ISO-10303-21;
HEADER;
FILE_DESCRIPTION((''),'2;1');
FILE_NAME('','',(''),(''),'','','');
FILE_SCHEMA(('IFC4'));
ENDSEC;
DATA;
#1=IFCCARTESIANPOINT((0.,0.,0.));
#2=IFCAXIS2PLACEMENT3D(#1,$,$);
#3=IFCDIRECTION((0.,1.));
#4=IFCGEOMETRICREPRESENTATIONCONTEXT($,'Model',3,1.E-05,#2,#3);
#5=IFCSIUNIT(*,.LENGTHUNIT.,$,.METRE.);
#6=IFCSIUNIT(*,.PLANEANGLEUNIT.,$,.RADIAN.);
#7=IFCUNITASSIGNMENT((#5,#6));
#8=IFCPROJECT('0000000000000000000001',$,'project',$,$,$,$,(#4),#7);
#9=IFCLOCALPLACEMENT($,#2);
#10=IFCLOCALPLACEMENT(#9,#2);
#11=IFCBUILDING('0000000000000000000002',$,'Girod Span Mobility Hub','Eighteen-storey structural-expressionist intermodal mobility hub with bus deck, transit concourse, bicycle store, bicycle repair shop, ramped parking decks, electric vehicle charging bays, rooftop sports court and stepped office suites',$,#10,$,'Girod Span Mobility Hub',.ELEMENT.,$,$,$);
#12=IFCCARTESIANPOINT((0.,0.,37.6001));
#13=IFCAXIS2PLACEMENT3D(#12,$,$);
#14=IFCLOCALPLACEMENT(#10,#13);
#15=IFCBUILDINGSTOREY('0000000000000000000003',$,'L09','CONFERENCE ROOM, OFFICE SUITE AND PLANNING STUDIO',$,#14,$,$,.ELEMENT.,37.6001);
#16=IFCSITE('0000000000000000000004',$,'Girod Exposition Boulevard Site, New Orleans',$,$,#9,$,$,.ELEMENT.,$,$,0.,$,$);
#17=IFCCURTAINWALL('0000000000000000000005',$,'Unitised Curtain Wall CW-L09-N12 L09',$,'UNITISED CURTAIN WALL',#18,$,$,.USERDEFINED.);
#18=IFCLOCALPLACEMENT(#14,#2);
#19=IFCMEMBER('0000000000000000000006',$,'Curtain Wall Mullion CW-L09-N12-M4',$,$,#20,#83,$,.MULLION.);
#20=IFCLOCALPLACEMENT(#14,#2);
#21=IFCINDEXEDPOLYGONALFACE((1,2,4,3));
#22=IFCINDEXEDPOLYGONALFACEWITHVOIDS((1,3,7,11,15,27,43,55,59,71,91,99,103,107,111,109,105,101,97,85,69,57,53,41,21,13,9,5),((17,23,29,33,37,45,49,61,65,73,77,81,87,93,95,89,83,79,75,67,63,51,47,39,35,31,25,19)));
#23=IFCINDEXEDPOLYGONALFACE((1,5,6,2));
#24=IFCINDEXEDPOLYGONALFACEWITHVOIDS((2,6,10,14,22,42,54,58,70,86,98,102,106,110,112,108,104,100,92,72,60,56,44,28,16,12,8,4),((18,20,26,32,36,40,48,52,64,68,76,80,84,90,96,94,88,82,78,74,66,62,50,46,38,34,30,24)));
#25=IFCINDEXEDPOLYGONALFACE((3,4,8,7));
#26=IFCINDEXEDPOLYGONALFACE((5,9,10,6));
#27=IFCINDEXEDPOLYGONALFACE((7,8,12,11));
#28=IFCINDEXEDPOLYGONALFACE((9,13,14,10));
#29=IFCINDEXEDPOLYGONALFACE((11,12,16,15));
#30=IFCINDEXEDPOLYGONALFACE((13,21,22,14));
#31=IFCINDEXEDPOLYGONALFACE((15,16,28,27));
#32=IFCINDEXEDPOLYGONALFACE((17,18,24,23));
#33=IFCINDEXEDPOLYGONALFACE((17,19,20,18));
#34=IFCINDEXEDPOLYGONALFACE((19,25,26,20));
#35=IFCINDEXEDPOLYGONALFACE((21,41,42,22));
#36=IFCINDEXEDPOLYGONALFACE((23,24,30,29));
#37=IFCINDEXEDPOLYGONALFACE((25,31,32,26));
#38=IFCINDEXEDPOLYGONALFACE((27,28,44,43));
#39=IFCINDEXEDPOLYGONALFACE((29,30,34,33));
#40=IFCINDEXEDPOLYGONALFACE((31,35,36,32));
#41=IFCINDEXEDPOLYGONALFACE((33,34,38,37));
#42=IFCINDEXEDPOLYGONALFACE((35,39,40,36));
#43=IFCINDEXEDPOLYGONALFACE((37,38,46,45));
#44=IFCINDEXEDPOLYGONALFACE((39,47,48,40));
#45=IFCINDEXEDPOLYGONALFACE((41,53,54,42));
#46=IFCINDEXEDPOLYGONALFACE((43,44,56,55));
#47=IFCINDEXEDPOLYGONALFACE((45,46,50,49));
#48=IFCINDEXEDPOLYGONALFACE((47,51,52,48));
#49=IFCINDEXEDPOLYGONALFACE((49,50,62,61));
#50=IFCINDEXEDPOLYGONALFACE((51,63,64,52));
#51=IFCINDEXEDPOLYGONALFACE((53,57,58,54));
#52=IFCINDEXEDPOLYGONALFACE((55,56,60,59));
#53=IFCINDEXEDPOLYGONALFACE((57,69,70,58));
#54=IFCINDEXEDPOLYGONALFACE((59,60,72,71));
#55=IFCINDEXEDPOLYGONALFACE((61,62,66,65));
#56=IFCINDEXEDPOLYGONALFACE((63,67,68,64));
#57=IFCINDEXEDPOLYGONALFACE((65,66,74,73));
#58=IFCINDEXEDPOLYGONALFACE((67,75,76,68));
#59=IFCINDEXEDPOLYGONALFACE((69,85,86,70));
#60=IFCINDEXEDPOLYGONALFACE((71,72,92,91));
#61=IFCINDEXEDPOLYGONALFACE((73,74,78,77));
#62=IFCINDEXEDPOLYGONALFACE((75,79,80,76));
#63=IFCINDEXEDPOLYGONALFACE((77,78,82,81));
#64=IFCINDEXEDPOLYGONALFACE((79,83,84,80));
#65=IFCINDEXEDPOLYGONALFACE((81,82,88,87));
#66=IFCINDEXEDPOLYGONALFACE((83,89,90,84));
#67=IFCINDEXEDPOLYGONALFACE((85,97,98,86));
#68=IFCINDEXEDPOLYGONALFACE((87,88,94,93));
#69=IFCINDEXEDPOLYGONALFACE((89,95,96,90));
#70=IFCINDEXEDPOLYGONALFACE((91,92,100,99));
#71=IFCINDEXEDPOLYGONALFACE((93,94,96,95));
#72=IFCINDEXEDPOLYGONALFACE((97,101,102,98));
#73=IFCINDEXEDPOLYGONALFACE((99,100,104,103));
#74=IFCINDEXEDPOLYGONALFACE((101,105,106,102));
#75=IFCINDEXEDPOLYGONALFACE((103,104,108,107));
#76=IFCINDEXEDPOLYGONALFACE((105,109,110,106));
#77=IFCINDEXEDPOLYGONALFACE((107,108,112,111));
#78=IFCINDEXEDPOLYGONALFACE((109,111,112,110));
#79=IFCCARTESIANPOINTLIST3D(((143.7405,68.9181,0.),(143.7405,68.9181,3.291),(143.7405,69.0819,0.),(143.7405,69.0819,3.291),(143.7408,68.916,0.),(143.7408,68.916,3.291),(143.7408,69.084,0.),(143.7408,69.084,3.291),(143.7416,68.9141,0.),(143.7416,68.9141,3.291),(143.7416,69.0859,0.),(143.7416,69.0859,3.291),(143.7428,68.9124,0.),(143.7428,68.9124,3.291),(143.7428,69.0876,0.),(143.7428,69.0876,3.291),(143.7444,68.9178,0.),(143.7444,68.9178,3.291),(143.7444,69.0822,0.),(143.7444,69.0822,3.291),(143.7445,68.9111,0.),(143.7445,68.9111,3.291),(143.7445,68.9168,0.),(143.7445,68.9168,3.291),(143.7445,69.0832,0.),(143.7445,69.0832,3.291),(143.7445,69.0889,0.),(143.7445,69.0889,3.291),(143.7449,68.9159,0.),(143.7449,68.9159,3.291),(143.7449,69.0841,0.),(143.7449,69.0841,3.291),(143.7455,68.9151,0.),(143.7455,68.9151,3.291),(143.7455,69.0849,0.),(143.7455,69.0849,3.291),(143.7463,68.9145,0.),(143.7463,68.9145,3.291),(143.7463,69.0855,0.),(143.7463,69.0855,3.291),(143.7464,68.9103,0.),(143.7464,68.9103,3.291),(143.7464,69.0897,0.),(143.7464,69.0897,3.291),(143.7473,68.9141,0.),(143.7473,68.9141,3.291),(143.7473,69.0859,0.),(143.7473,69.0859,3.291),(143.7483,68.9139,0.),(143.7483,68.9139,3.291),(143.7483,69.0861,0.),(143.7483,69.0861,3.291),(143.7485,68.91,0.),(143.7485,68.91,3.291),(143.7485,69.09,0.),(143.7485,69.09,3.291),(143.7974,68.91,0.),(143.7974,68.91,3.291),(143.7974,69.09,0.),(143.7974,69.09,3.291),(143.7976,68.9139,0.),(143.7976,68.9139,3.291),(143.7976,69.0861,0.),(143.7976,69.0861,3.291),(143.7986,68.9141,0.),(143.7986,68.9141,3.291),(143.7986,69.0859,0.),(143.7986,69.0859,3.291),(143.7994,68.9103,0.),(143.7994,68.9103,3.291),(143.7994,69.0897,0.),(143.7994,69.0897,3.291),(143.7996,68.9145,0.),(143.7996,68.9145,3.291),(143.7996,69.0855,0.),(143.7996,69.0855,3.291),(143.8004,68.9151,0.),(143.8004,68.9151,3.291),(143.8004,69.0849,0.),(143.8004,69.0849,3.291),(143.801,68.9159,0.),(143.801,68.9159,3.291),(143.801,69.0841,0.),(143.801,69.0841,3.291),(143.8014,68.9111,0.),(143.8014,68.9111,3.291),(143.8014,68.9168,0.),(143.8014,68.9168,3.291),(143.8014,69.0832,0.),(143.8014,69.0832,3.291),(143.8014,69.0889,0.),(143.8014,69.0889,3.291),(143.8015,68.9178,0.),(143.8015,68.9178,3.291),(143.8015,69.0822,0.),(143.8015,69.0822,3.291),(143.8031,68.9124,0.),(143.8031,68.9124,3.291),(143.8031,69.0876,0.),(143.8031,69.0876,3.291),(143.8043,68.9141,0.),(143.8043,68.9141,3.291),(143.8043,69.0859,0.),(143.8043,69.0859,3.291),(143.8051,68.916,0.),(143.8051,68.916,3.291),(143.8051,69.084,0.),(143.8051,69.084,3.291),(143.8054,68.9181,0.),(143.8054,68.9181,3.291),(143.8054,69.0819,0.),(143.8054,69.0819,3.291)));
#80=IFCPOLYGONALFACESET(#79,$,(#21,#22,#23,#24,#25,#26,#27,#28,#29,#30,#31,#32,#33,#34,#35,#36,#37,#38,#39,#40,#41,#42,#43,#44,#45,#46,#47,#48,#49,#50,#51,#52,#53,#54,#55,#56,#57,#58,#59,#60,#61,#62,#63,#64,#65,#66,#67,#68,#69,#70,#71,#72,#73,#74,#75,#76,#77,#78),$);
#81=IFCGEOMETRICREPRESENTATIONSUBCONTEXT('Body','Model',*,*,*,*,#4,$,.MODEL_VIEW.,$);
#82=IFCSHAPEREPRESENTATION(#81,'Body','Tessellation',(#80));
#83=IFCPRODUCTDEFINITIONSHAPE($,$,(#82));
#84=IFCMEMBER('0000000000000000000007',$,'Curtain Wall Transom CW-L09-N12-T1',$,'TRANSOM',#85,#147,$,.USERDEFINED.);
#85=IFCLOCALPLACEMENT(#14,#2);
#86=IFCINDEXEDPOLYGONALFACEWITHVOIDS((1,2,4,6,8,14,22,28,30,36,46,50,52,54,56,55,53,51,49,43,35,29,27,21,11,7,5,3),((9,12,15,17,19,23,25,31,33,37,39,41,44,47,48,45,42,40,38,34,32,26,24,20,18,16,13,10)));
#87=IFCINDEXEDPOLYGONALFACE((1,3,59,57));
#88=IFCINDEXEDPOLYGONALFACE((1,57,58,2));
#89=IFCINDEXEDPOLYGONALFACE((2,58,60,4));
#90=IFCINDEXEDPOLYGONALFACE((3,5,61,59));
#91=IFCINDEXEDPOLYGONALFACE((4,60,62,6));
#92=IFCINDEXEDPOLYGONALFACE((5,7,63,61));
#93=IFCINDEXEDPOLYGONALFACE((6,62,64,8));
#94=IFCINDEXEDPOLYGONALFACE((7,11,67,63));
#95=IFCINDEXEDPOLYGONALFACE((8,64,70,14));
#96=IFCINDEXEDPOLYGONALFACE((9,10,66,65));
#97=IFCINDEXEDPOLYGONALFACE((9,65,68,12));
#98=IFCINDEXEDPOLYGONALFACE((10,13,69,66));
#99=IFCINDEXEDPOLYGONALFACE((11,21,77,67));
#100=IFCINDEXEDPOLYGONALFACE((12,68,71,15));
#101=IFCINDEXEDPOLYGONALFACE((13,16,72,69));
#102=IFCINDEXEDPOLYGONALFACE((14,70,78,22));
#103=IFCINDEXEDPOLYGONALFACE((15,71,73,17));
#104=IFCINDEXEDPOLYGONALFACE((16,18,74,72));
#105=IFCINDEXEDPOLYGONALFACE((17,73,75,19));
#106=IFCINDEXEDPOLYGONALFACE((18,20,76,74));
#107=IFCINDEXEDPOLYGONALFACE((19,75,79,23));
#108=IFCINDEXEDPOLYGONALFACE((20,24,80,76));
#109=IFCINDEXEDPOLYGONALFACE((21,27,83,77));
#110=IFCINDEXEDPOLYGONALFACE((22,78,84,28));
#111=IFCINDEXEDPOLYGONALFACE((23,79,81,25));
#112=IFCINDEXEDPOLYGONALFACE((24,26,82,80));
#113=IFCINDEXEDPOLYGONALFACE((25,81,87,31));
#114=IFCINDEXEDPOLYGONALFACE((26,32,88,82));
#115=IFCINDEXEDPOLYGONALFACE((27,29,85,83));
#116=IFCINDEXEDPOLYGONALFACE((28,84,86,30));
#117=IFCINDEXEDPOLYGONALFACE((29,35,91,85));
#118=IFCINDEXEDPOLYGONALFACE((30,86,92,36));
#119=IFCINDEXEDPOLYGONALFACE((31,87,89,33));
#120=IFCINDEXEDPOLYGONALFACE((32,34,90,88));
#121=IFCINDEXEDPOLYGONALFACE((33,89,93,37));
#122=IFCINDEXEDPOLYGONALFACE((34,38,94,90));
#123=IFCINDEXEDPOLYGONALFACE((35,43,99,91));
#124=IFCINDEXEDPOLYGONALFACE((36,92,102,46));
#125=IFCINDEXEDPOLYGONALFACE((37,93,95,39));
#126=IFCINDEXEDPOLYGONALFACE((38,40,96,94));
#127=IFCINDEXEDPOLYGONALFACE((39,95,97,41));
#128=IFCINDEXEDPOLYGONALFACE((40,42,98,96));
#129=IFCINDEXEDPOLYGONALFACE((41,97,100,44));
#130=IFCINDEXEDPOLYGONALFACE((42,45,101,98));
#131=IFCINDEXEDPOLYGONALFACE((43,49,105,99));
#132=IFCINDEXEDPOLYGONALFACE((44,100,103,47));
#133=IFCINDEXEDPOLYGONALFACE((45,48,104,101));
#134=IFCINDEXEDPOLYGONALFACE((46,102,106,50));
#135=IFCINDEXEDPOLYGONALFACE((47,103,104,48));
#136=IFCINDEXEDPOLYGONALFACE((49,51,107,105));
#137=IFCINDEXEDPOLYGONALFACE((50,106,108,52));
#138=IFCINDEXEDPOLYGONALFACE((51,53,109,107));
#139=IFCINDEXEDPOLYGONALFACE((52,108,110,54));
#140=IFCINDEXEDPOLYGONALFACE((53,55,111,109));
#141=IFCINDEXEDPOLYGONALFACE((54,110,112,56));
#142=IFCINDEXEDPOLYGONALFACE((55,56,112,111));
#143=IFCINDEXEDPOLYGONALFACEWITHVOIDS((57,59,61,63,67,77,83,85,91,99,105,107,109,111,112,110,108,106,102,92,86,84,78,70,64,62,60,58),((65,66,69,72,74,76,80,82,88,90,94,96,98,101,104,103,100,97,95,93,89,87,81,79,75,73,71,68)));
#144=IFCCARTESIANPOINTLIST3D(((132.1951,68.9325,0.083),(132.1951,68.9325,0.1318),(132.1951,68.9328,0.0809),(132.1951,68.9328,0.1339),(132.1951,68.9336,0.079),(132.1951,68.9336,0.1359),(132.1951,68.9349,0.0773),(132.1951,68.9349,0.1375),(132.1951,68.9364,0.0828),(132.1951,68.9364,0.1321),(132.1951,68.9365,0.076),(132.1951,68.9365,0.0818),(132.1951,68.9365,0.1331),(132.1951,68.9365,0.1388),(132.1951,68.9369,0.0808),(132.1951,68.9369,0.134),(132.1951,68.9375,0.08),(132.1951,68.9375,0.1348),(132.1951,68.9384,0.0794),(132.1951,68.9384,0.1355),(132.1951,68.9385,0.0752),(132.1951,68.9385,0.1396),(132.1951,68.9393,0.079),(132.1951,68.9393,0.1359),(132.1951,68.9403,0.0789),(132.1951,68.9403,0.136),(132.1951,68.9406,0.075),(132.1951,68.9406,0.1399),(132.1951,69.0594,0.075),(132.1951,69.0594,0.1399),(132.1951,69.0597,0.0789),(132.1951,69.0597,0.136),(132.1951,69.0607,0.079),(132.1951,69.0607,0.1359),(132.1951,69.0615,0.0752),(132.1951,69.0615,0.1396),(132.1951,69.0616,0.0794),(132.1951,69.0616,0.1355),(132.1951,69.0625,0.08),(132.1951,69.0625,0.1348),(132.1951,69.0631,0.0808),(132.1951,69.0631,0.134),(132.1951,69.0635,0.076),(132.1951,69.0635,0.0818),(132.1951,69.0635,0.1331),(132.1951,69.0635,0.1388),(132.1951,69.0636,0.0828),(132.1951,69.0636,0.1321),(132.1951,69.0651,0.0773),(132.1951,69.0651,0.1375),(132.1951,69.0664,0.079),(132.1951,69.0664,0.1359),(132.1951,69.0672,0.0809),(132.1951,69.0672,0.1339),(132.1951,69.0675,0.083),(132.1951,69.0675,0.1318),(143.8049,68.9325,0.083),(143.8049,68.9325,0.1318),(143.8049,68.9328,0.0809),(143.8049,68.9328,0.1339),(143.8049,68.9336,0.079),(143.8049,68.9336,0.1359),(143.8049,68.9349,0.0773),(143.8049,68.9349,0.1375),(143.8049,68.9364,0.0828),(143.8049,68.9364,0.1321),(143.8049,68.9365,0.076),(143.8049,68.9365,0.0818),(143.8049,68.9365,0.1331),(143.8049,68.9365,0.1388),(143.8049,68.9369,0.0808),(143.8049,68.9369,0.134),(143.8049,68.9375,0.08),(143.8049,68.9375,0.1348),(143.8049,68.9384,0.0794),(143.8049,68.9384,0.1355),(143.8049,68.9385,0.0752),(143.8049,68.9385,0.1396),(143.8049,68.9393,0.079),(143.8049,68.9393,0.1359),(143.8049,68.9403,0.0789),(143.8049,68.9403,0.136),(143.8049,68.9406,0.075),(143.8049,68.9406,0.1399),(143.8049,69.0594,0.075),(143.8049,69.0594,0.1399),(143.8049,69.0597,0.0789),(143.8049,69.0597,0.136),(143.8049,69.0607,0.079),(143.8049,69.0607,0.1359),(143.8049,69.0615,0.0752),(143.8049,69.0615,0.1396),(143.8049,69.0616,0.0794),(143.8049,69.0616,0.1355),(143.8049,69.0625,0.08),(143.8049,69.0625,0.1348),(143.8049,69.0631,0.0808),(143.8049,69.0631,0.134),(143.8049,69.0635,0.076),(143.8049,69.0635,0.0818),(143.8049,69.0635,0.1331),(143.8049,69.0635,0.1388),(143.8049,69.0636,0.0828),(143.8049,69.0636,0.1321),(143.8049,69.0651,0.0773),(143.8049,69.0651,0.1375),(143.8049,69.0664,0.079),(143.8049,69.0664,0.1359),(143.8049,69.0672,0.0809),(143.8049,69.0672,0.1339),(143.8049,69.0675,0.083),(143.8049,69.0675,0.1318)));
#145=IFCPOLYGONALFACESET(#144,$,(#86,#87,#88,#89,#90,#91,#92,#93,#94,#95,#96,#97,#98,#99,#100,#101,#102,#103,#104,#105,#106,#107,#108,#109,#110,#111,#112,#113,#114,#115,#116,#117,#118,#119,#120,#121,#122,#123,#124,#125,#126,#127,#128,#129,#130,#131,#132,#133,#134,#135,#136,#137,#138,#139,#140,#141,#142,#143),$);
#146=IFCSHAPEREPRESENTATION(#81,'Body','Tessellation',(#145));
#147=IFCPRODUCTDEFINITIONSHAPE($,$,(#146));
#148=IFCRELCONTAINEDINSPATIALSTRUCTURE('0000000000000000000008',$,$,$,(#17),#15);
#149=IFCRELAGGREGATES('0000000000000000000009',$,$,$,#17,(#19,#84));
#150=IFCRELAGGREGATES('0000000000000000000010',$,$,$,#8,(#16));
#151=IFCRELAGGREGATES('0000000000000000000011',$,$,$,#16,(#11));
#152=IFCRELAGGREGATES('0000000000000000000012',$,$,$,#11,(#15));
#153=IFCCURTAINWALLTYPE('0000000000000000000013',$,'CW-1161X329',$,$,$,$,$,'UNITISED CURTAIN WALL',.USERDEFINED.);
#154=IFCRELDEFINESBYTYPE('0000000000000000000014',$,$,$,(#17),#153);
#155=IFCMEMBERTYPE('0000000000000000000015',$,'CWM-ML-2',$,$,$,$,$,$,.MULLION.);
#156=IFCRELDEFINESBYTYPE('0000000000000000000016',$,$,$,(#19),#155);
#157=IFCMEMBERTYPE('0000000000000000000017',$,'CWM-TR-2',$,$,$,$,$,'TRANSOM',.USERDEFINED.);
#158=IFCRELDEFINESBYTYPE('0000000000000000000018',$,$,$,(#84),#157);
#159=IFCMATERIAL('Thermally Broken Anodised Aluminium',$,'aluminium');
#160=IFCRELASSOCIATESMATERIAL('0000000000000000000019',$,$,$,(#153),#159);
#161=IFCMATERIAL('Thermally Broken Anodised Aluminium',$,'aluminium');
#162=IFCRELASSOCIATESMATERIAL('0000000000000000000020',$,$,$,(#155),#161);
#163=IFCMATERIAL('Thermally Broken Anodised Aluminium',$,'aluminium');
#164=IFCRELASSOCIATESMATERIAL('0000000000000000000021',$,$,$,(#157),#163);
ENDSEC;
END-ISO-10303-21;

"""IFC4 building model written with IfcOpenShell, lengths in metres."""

from ifc_helpers import new_model, si_unit, direction, frame, origin, origin_2d, place, context, subcontext, project, spatial, hollow_rectangle, extrude, material, material_profile, profile_set, type_object, element, aggregate, save


model = new_model("IFC4")

# Units and contexts
model_context = context("Model", 3, precision=1e-05, world=origin(), true_north=direction((0.0, 1.0)))
body_context = subcontext(model_context, "Body", "Model", "MODEL_VIEW")
ifc_project = project(units=[si_unit("LENGTHUNIT", "METRE"), si_unit("PLANEANGLEUNIT", "RADIAN")], contexts=[model_context])

# Site, building, storey
site_placement = place(None, origin())
site = spatial("IfcSite", under=ifc_project, at=site_placement, Name="Girod Exposition Boulevard Site, New Orleans", CompositionType="ELEMENT", RefElevation=0.0)
building_placement = place(site_placement, origin())
building = spatial("IfcBuilding", under=site, at=building_placement, Name="Girod Span Mobility Hub", Description="Eighteen-storey structural-expressionist intermodal mobility hub with bus deck, transit concourse, bicycle store, bicycle repair shop, ramped parking decks, electric vehicle charging bays, rooftop sports court and stepped office suites", LongName="Girod Span Mobility Hub", CompositionType="ELEMENT")
storey_placement = place(building_placement, frame((0.0, 0.0, 37.6001)))
storey = spatial("IfcBuildingStorey", under=building, at=storey_placement, Name="L09", Description="CONFERENCE ROOM, OFFICE SUITE AND PLANNING STUDIO", CompositionType="ELEMENT", Elevation=37.6001)

# Curtain wall, members
ifc_material_1 = material(Name="Thermally Broken Anodised Aluminium", Category="aluminium")
curtain_wall_type = type_object("IfcCurtainWallType", Name="CW-1161X329", ElementType="UNITISED CURTAIN WALL", PredefinedType="USERDEFINED", material=ifc_material_1)
ifc_material_2 = material(Name="Thermally Broken Anodised Aluminium", Category="aluminium")
ifc_material_profile_1 = material_profile(ifc_material_2, hollow_rectangle(XDim=0.1799, YDim=0.0649, WallThickness=0.0039, InnerFilletRadius=0.0039, OuterFilletRadius=0.0081, at=origin_2d()), Name="CW-ML-65X180")
ifc_profile_set_1 = profile_set([ifc_material_profile_1], Name="Thermally Broken Anodised Aluminium")
member_type_1 = type_object("IfcMemberType", Name="CWM-ML-2", PredefinedType="MULLION", material=ifc_profile_set_1)
curtain_wall_1_placement = place(storey_placement, origin())
curtain_wall_1 = element("IfcCurtainWall", 1, at=curtain_wall_1_placement, inside=storey, type_object=curtain_wall_type, Name="Unitised Curtain Wall CW-L09-N12 L09", ObjectType="UNITISED CURTAIN WALL", PredefinedType="USERDEFINED")
member_1_placement = place(storey_placement, frame((143.7729, 69.0, 0.0), z_axis=(0.0, 0.0, 1.0), x_axis=(0.0, 1.0, 0.0)))
member_1 = element("IfcMember", 2, at=member_1_placement, type_object=member_type_1, Name="Curtain Wall Mullion CW-L09-N12-M4", PredefinedType="MULLION", context=body_context, shape_type="SweptSolid", body=[
    extrude(hollow_rectangle(XDim=0.1799, YDim=0.0649, WallThickness=0.0039, InnerFilletRadius=0.0039, OuterFilletRadius=0.0081, at=origin_2d()), origin(), (0.0, 0.0, 1.0), 3.291),
])
ifc_material_3 = material(Name="Thermally Broken Anodised Aluminium", Category="aluminium")
ifc_material_profile_2 = material_profile(ifc_material_3, hollow_rectangle(XDim=0.135, YDim=0.0649, WallThickness=0.0039, InnerFilletRadius=0.0039, OuterFilletRadius=0.0081, at=origin_2d()), Name="CW-TR-65X135")
ifc_profile_set_2 = profile_set([ifc_material_profile_2], Name="Thermally Broken Anodised Aluminium")
member_type_2 = type_object("IfcMemberType", Name="CWM-TR-2", ElementType="TRANSOM", PredefinedType="USERDEFINED", material=ifc_profile_set_2)
member_2_placement = place(storey_placement, frame((132.1951, 69.0, 0.1074), z_axis=(1.0, 0.0, 0.0), x_axis=(0.0, 1.0, 0.0)))
member_2 = element("IfcMember", 3, at=member_2_placement, type_object=member_type_2, Name="Curtain Wall Transom CW-L09-N12-T1", ObjectType="TRANSOM", PredefinedType="USERDEFINED", context=body_context, shape_type="SweptSolid", body=[
    extrude(hollow_rectangle(XDim=0.135, YDim=0.0649, WallThickness=0.0039, InnerFilletRadius=0.0039, OuterFilletRadius=0.0081, at=origin_2d()), origin(), (0.0, 0.0, 1.0), 11.6099),
])

aggregate(curtain_wall_1, [member_1, member_2])

save(model, "model.ifc")
